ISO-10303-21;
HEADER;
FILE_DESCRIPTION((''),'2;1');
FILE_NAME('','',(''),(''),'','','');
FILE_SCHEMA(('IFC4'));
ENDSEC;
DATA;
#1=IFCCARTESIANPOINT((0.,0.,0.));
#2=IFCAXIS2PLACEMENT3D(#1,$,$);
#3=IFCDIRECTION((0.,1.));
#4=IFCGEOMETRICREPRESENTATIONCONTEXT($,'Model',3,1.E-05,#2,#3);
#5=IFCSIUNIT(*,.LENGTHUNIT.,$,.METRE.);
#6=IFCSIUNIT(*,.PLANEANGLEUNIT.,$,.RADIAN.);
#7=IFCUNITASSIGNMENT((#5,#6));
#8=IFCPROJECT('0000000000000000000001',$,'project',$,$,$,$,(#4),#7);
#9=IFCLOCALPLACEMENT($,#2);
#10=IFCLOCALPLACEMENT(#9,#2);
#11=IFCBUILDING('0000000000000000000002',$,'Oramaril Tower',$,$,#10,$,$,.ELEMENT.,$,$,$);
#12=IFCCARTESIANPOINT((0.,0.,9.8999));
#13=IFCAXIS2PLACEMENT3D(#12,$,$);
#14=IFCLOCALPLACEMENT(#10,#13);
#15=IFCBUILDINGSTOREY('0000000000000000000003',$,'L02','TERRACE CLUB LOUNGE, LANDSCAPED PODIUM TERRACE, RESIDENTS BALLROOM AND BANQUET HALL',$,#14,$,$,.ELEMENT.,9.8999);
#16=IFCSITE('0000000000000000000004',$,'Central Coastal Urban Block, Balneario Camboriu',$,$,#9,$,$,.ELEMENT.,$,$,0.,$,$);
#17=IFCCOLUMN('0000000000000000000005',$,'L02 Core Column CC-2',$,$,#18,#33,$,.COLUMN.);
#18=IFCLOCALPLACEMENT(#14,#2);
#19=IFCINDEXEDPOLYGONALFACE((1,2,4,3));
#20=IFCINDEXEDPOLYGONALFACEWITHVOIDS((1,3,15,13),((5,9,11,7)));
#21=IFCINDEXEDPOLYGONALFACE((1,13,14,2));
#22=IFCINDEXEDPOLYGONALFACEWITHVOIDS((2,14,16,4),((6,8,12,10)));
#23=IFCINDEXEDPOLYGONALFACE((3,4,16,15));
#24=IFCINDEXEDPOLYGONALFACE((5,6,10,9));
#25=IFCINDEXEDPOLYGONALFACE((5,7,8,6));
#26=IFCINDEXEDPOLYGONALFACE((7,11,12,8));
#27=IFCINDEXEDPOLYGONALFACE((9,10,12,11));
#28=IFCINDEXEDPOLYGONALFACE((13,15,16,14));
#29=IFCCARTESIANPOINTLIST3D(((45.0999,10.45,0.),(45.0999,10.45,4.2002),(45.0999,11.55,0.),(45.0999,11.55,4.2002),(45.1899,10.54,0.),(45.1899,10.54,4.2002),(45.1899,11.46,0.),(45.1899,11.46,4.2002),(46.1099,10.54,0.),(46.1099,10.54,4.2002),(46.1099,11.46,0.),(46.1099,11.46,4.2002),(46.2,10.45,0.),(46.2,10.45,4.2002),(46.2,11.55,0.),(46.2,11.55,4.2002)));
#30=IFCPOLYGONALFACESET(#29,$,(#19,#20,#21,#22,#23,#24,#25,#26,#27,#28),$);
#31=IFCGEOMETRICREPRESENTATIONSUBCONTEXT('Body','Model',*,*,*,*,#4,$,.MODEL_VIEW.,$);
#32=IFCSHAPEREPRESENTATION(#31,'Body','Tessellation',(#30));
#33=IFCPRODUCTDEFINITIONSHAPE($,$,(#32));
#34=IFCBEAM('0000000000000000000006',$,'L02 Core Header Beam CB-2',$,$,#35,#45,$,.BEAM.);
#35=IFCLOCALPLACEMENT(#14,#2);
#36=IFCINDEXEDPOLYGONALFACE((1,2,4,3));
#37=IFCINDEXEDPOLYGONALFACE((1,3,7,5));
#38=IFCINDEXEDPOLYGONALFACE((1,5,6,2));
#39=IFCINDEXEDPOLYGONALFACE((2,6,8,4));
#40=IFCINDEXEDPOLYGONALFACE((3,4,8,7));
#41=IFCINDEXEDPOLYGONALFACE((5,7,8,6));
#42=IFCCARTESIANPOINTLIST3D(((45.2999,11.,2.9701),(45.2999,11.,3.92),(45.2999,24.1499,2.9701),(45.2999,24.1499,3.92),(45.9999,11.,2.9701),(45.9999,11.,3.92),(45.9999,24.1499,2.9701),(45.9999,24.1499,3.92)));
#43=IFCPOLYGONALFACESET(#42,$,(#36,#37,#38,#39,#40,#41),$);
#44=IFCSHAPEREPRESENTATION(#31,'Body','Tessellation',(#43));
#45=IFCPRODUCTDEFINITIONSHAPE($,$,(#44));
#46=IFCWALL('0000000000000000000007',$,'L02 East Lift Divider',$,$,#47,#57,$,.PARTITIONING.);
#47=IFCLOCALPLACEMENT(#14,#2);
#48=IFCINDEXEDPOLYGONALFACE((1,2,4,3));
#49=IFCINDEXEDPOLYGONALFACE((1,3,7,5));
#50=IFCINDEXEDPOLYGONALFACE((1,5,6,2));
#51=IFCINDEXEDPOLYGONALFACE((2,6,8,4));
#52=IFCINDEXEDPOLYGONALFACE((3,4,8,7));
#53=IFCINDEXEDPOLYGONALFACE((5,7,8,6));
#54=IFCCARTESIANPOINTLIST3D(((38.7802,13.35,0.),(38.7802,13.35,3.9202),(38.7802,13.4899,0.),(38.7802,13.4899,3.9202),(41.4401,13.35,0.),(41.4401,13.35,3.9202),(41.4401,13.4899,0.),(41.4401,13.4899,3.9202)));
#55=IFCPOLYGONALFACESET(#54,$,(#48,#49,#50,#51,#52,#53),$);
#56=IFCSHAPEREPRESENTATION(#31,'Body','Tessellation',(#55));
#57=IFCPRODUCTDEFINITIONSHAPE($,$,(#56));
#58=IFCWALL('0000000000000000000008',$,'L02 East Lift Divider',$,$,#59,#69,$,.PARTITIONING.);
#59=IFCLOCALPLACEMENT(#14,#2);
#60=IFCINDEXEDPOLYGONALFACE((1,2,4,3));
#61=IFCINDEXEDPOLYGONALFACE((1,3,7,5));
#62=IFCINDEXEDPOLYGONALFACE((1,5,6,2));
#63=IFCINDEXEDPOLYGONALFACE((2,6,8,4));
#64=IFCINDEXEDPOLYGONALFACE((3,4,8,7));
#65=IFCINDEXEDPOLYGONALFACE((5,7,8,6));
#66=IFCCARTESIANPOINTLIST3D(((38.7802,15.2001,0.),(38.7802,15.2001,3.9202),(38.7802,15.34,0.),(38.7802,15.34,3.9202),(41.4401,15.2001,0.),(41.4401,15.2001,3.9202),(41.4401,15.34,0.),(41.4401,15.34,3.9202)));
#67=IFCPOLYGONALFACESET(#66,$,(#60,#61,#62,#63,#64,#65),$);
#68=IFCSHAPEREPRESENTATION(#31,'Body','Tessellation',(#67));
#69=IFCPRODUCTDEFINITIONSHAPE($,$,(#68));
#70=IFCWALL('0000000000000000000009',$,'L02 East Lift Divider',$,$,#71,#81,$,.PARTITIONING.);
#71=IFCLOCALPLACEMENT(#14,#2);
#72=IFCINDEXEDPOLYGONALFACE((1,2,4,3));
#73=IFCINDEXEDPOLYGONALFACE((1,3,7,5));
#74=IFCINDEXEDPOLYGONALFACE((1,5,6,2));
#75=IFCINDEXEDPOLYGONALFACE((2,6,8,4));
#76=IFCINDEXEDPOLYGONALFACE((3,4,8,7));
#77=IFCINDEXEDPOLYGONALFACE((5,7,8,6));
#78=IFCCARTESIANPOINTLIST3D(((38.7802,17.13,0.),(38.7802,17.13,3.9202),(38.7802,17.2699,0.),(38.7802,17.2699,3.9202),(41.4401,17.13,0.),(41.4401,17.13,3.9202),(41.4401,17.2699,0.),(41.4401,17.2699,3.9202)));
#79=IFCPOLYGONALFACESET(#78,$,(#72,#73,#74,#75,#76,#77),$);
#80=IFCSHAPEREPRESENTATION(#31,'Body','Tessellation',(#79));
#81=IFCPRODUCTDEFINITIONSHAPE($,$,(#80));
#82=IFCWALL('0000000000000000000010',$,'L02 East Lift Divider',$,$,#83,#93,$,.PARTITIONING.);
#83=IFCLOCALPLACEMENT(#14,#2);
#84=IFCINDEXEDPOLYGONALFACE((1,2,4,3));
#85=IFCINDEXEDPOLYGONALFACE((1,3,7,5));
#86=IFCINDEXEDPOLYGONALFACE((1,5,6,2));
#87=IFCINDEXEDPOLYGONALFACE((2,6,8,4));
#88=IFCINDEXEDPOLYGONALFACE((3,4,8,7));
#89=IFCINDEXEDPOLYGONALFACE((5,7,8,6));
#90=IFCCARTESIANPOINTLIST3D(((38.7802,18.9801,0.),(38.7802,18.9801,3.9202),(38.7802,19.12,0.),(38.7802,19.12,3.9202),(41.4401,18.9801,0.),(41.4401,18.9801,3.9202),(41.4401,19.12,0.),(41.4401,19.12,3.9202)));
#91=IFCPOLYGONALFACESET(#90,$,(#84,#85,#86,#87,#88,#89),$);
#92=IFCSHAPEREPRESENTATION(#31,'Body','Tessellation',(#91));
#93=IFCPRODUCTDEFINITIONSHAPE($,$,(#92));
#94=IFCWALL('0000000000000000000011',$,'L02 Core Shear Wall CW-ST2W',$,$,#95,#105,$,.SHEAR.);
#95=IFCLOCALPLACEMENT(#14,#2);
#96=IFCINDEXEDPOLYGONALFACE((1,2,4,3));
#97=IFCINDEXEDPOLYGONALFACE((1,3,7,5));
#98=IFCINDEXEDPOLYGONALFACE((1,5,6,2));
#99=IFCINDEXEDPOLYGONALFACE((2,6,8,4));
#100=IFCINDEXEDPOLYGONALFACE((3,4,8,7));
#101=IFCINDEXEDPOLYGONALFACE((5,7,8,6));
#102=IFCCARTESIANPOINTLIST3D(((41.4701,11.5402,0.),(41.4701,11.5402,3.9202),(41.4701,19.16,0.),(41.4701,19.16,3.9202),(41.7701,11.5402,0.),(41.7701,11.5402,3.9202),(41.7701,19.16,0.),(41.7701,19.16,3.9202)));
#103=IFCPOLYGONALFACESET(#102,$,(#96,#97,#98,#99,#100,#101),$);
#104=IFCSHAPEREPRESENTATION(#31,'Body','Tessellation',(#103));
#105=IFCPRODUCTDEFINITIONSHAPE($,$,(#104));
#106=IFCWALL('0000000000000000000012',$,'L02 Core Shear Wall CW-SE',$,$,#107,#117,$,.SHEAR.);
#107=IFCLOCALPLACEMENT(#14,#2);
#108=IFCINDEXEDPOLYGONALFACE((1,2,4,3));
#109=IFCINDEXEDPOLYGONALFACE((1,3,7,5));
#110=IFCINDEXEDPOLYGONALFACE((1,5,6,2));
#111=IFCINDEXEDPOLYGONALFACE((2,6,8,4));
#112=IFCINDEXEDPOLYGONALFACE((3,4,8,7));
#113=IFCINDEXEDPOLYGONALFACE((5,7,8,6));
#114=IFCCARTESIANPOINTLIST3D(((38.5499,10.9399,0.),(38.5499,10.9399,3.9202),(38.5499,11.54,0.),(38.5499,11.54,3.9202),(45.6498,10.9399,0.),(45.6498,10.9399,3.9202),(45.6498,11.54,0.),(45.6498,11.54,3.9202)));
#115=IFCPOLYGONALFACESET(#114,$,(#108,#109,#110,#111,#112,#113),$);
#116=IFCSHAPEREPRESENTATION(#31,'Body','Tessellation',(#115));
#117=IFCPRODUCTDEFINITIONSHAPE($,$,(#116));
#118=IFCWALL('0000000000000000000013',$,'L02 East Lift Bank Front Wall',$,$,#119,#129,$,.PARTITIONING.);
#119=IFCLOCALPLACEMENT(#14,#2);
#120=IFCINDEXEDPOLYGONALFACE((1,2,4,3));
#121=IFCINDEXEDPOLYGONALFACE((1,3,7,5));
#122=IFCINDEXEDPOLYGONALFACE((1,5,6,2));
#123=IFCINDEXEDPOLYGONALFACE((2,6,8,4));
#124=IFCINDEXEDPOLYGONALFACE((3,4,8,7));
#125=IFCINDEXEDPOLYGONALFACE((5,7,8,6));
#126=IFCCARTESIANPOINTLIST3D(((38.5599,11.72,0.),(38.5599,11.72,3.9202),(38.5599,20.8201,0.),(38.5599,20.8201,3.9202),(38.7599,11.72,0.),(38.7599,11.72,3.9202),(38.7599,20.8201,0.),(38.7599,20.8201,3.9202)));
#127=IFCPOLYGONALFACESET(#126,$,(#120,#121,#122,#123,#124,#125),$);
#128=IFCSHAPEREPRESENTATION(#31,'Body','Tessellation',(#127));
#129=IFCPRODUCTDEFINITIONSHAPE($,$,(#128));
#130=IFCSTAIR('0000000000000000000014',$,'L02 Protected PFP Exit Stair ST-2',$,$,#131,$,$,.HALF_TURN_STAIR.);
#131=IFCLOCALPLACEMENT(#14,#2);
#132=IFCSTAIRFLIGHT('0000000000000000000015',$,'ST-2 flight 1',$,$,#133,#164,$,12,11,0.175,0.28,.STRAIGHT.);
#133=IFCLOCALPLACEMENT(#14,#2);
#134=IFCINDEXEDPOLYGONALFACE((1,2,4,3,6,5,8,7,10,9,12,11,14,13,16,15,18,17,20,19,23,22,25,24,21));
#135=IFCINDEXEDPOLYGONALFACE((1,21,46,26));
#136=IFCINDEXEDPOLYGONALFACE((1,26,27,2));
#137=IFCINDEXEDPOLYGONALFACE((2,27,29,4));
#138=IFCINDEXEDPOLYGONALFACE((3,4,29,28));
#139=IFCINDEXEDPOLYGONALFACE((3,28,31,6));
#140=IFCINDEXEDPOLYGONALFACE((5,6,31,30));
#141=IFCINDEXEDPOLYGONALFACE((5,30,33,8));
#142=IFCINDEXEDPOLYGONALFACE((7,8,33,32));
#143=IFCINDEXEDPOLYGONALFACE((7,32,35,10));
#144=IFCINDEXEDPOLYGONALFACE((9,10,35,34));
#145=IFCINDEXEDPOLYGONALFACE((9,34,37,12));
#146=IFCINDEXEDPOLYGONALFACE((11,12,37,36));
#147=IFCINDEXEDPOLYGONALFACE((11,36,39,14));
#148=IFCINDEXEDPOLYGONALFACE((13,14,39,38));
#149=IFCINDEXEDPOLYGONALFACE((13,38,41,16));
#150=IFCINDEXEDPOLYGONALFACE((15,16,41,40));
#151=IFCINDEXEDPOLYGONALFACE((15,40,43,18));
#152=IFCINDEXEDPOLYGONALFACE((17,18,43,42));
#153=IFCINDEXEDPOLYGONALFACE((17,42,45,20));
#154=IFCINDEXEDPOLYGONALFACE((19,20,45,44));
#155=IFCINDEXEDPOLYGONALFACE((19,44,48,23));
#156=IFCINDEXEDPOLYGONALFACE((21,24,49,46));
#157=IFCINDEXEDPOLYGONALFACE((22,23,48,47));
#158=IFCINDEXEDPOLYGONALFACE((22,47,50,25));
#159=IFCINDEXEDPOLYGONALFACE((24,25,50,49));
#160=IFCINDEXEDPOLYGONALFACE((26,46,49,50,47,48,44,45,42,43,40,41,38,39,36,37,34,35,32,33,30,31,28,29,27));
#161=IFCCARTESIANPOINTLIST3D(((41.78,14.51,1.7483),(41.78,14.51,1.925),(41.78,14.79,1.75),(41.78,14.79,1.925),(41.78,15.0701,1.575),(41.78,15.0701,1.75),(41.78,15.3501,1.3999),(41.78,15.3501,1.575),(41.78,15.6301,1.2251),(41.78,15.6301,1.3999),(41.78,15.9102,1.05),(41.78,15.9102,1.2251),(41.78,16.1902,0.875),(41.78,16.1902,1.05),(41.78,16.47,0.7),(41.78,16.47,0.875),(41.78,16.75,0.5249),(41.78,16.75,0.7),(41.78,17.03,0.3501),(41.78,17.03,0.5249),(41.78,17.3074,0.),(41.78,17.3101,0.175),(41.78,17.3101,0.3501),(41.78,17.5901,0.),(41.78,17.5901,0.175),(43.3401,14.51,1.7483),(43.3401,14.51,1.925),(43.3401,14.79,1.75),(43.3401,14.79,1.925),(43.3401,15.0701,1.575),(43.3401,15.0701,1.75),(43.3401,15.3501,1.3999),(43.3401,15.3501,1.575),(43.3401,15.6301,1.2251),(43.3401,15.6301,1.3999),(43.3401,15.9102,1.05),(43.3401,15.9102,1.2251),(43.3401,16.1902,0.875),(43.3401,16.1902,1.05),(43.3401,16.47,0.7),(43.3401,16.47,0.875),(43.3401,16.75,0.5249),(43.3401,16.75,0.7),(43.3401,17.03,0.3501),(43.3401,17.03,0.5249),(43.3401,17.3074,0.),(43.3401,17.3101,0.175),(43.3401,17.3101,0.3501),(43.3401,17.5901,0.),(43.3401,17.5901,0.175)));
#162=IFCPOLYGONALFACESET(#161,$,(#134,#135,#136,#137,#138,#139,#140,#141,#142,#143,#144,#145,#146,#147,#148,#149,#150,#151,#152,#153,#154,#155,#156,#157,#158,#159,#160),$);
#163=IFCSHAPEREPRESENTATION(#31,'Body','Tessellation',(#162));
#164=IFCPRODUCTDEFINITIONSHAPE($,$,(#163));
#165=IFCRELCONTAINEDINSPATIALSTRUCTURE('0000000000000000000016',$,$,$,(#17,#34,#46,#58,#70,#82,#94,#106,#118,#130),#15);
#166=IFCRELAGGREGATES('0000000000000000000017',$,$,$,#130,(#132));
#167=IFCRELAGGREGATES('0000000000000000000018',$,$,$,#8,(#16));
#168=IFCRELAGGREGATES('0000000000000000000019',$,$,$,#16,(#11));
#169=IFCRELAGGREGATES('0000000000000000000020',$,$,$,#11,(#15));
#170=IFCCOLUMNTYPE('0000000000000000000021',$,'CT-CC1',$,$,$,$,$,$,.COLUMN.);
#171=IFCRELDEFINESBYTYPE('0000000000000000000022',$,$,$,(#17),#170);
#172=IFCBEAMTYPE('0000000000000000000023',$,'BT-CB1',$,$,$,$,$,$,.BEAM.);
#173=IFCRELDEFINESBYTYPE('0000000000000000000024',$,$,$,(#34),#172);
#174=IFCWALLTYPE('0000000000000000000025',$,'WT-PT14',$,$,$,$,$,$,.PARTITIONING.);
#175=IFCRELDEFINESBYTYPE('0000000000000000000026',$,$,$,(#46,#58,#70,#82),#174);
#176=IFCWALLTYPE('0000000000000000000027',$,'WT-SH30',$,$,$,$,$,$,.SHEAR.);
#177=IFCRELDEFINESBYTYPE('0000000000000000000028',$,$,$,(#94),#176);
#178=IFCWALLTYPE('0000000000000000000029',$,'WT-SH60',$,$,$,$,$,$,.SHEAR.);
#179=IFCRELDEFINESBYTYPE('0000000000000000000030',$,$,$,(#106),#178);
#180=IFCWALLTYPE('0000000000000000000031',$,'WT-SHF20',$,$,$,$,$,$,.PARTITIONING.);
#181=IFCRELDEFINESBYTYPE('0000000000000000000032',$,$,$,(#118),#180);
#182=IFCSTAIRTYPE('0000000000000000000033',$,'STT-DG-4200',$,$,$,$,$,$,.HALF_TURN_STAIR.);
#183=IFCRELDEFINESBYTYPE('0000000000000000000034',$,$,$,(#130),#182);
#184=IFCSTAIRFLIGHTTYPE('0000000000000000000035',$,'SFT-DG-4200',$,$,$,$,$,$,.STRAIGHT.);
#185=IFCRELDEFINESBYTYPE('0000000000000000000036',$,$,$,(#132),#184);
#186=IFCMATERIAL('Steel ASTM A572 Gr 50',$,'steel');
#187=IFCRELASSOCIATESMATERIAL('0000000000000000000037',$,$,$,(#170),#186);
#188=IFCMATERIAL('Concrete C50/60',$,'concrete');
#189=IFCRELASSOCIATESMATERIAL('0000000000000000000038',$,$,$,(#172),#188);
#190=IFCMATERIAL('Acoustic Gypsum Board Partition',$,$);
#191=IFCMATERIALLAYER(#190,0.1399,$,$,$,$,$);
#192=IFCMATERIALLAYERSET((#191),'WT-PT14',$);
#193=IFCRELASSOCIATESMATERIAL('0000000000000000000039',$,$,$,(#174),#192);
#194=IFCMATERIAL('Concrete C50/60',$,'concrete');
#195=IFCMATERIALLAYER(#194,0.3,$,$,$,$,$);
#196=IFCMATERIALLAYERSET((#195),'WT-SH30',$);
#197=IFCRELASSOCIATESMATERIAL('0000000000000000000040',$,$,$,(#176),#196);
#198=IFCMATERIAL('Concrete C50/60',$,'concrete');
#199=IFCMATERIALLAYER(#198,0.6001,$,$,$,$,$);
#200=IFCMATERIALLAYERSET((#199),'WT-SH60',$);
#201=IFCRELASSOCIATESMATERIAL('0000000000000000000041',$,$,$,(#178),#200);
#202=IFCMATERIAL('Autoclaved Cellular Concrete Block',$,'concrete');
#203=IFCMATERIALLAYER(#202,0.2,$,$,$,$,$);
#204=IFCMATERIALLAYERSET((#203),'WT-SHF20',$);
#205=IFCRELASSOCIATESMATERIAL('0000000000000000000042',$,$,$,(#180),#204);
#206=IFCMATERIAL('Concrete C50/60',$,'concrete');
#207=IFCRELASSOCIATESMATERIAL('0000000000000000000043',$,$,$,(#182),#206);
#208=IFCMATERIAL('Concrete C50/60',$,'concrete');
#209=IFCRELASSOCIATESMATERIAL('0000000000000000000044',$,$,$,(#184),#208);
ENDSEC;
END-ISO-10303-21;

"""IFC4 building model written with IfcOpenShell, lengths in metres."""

from ifc_helpers import new_model, si_unit, direction, frame, frame_2d, origin, origin_2d, place, context, subcontext, project, spatial, polyline, rectangle, hollow_rectangle, outline, extrude, material, layer, layer_set, material_profile, profile_set, type_object, element, aggregate, save


model = new_model("IFC4")

# Units and contexts
model_context = context("Model", 3, precision=1e-05, world=origin(), true_north=direction((0.0, 1.0)))
body_context = subcontext(model_context, "Body", "Model", "MODEL_VIEW")
ifc_project = project(units=[si_unit("LENGTHUNIT", "METRE"), si_unit("PLANEANGLEUNIT", "RADIAN")], contexts=[model_context])

# Site, building, storey
site_placement = place(None, origin())
site = spatial("IfcSite", under=ifc_project, at=site_placement, Name="Central Coastal Urban Block, Balneario Camboriu", CompositionType="ELEMENT", RefElevation=0.0)
building_placement = place(site_placement, origin())
building = spatial("IfcBuilding", under=site, at=building_placement, Name="Oramaril Tower", CompositionType="ELEMENT")
storey_placement = place(building_placement, frame((0.0, 0.0, 9.8999)))
storey = spatial("IfcBuildingStorey", under=building, at=storey_placement, Name="L02", Description="TERRACE CLUB LOUNGE, LANDSCAPED PODIUM TERRACE, RESIDENTS BALLROOM AND BANQUET HALL", CompositionType="ELEMENT", Elevation=9.8999)

# Column
ifc_material_1 = material(Name="Steel ASTM A572 Gr 50", Category="steel")
ifc_material_profile_1 = material_profile(ifc_material_1, hollow_rectangle(XDim=1.1001, YDim=1.1001, WallThickness=0.0901, at=origin_2d()), Name="BOX1100X1100X90")
ifc_profile_set_1 = profile_set([ifc_material_profile_1], Name="Steel ASTM A572 Gr 50")
column_type = type_object("IfcColumnType", Name="CT-CC1", PredefinedType="COLUMN", material=ifc_profile_set_1)
column_placement = place(storey_placement, frame((45.6499, 11.0, 0.0), z_axis=(0.0, 0.0, 1.0), x_axis=(1.0, 0.0, 0.0)))
element("IfcColumn", 1, at=column_placement, inside=storey, type_object=column_type, Name="L02 Core Column CC-2", PredefinedType="COLUMN", context=body_context, shape_type="SweptSolid", body=[
    extrude(hollow_rectangle(XDim=1.1001, YDim=1.1001, WallThickness=0.0901, at=origin_2d()), origin(), (0.0, 0.0, 1.0), 4.2002),
])

# Beam
ifc_material_2 = material(Name="Concrete C50/60", Category="concrete")
ifc_material_profile_2 = material_profile(ifc_material_2, rectangle(XDim=0.7, YDim=0.95, at=origin_2d()), Name="CB700X950")
ifc_profile_set_2 = profile_set([ifc_material_profile_2], Name="Concrete C50/60")
beam_type = type_object("IfcBeamType", Name="BT-CB1", PredefinedType="BEAM", material=ifc_profile_set_2)
beam_placement = place(storey_placement, frame((45.6499, 11.0, 3.4451), z_axis=(0.0, 1.0, 0.0), x_axis=(-1.0, 0.0, 0.0)))
element("IfcBeam", 2, at=beam_placement, inside=storey, type_object=beam_type, Name="L02 Core Header Beam CB-2", PredefinedType="BEAM", context=body_context, shape_type="SweptSolid", body=[
    extrude(rectangle(XDim=0.7, YDim=0.95, at=origin_2d()), origin(), (0.0, 0.0, 1.0), 13.1499),
])

# Walls
ifc_material_3 = material(Name="Acoustic Gypsum Board Partition")
ifc_layer_1 = layer(ifc_material_3, 0.1399)
ifc_layer_set_1 = layer_set([ifc_layer_1], Name="WT-PT14")
wall_type_1 = type_object("IfcWallType", Name="WT-PT14", PredefinedType="PARTITIONING", material=ifc_layer_set_1)
for number, where, z_axis, x_axis, name in (
    (3, (38.78, 13.4199, 0.0), (0.0, 0.0, 1.0), (1.0, 0.0, 0.0), "L02 East Lift Divider"),
    (4, (38.78, 15.27, 0.0), (0.0, 0.0, 1.0), (1.0, 0.0, 0.0), "L02 East Lift Divider"),
    (5, (38.78, 17.2, 0.0), (0.0, 0.0, 1.0), (1.0, 0.0, 0.0), "L02 East Lift Divider"),
    (6, (38.78, 19.05, 0.0), (0.0, 0.0, 1.0), (1.0, 0.0, 0.0), "L02 East Lift Divider"),
):
    element("IfcWall", number, at=place(storey_placement, frame(where, z_axis=z_axis, x_axis=x_axis)), inside=storey, type_object=wall_type_1, Name=name, PredefinedType="PARTITIONING", context=body_context, shape_type="SweptSolid", body=[
        extrude(rectangle(XDim=2.6599, YDim=0.1399, at=frame_2d((1.3301, 0.0))), origin(), (0.0, 0.0, 1.0), 3.9202),
    ])

# Shared definitions
ifc_material_4 = material(Name="Concrete C50/60", Category="concrete")
ifc_layer_2 = layer(ifc_material_4, 0.3)
ifc_layer_set_2 = layer_set([ifc_layer_2], Name="WT-SH30")
wall_type_2 = type_object("IfcWallType", Name="WT-SH30", PredefinedType="SHEAR", material=ifc_layer_set_2)

# Walls
wall_1_placement = place(storey_placement, frame((41.6201, 11.54, 0.0), z_axis=(0.0, 0.0, 1.0), x_axis=(0.0, 1.0, 0.0)))
element("IfcWall", 7, at=wall_1_placement, inside=storey, type_object=wall_type_2, Name="L02 Core Shear Wall CW-ST2W", PredefinedType="SHEAR", context=body_context, shape_type="SweptSolid", body=[
    extrude(rectangle(XDim=7.6199, YDim=0.3, at=frame_2d((3.8101, 0.0))), origin(), (0.0, 0.0, 1.0), 3.9202),
])
ifc_material_5 = material(Name="Concrete C50/60", Category="concrete")
ifc_layer_3 = layer(ifc_material_5, 0.6001)
ifc_layer_set_3 = layer_set([ifc_layer_3], Name="WT-SH60")
wall_type_3 = type_object("IfcWallType", Name="WT-SH60", PredefinedType="SHEAR", material=ifc_layer_set_3)
wall_2_placement = place(storey_placement, frame((38.55, 11.24, 0.0), z_axis=(0.0, 0.0, 1.0), x_axis=(1.0, 0.0, 0.0)))
element("IfcWall", 8, at=wall_2_placement, inside=storey, type_object=wall_type_3, Name="L02 Core Shear Wall CW-SE", PredefinedType="SHEAR", context=body_context, shape_type="SweptSolid", body=[
    extrude(rectangle(XDim=7.0999, YDim=0.6001, at=frame_2d((3.5498, 0.0))), origin(), (0.0, 0.0, 1.0), 3.9202),
])

# Shared definitions
ifc_material_6 = material(Name="Autoclaved Cellular Concrete Block", Category="concrete")
ifc_layer_4 = layer(ifc_material_6, 0.2)
ifc_layer_set_4 = layer_set([ifc_layer_4], Name="WT-SHF20")
wall_type_4 = type_object("IfcWallType", Name="WT-SHF20", PredefinedType="PARTITIONING", material=ifc_layer_set_4)

# Wall
wall_3_placement = place(storey_placement, frame((38.6599, 11.72, 0.0), z_axis=(0.0, 0.0, 1.0), x_axis=(0.0, 1.0, 0.0)))
element("IfcWall", 9, at=wall_3_placement, inside=storey, type_object=wall_type_4, Name="L02 East Lift Bank Front Wall", PredefinedType="PARTITIONING", context=body_context, shape_type="SweptSolid", body=[
    extrude(rectangle(XDim=9.1001, YDim=0.2, at=frame_2d((4.55, 0.0))), origin(), (0.0, 0.0, 1.0), 3.9202),
])

# Stair, stair flight
ifc_material_7 = material(Name="Concrete C50/60", Category="concrete")
stair_type = type_object("IfcStairType", Name="STT-DG-4200", PredefinedType="HALF_TURN_STAIR", material=ifc_material_7)
stair_placement = place(storey_placement, origin())
stair = element("IfcStair", 10, at=stair_placement, inside=storey, type_object=stair_type, Name="L02 Protected PFP Exit Stair ST-2", PredefinedType="HALF_TURN_STAIR")
ifc_material_8 = material(Name="Concrete C50/60", Category="concrete")
stair_flight_type = type_object("IfcStairFlightType", Name="SFT-DG-4200", PredefinedType="STRAIGHT", material=ifc_material_8)
stair_flight_1_placement = place(storey_placement, frame((42.5601, 17.5901, 0.0), z_axis=(0.0, 0.0, 1.0), x_axis=(0.0, -1.0, 0.0)))
stair_flight_1 = element("IfcStairFlight", 11, at=stair_flight_1_placement, type_object=stair_flight_type, Name="ST-2 flight 1", NumberOfRisers=12, NumberOfTreads=11, PredefinedType="STRAIGHT", RiserHeight=0.175, TreadLength=0.28, context=body_context, shape_type="SweptSolid", body=[
    extrude(outline(polyline([(0.0, 0.0), (0.0, 0.175), (0.28, 0.175), (0.28, 0.3501), (0.5601, 0.3501), (0.5601, 0.5249), (0.8401, 0.5249), (0.8401, 0.7), (1.1201, 0.7), (1.1201, 0.875), (1.3999, 0.875), (1.3999, 1.05), (1.6799, 1.05), (1.6799, 1.2251), (1.96, 1.2251), (1.96, 1.3999), (2.24, 1.3999), (2.24, 1.575), (2.52, 1.575), (2.52, 1.75), (2.8, 1.75), (2.8, 1.925), (3.0801, 1.925), (3.0801, 2.1001), (3.0801, 1.7483), (0.2827, 0.0), (0.0, 0.0)])), frame((0.0, 0.78, 0.0), z_axis=(0.0, -1.0, 0.0), x_axis=(1.0, 0.0, 0.0)), (0.0, 0.0, 1.0), 1.5601),
])
aggregate(stair, [stair_flight_1])

save(model, "model.ifc")
